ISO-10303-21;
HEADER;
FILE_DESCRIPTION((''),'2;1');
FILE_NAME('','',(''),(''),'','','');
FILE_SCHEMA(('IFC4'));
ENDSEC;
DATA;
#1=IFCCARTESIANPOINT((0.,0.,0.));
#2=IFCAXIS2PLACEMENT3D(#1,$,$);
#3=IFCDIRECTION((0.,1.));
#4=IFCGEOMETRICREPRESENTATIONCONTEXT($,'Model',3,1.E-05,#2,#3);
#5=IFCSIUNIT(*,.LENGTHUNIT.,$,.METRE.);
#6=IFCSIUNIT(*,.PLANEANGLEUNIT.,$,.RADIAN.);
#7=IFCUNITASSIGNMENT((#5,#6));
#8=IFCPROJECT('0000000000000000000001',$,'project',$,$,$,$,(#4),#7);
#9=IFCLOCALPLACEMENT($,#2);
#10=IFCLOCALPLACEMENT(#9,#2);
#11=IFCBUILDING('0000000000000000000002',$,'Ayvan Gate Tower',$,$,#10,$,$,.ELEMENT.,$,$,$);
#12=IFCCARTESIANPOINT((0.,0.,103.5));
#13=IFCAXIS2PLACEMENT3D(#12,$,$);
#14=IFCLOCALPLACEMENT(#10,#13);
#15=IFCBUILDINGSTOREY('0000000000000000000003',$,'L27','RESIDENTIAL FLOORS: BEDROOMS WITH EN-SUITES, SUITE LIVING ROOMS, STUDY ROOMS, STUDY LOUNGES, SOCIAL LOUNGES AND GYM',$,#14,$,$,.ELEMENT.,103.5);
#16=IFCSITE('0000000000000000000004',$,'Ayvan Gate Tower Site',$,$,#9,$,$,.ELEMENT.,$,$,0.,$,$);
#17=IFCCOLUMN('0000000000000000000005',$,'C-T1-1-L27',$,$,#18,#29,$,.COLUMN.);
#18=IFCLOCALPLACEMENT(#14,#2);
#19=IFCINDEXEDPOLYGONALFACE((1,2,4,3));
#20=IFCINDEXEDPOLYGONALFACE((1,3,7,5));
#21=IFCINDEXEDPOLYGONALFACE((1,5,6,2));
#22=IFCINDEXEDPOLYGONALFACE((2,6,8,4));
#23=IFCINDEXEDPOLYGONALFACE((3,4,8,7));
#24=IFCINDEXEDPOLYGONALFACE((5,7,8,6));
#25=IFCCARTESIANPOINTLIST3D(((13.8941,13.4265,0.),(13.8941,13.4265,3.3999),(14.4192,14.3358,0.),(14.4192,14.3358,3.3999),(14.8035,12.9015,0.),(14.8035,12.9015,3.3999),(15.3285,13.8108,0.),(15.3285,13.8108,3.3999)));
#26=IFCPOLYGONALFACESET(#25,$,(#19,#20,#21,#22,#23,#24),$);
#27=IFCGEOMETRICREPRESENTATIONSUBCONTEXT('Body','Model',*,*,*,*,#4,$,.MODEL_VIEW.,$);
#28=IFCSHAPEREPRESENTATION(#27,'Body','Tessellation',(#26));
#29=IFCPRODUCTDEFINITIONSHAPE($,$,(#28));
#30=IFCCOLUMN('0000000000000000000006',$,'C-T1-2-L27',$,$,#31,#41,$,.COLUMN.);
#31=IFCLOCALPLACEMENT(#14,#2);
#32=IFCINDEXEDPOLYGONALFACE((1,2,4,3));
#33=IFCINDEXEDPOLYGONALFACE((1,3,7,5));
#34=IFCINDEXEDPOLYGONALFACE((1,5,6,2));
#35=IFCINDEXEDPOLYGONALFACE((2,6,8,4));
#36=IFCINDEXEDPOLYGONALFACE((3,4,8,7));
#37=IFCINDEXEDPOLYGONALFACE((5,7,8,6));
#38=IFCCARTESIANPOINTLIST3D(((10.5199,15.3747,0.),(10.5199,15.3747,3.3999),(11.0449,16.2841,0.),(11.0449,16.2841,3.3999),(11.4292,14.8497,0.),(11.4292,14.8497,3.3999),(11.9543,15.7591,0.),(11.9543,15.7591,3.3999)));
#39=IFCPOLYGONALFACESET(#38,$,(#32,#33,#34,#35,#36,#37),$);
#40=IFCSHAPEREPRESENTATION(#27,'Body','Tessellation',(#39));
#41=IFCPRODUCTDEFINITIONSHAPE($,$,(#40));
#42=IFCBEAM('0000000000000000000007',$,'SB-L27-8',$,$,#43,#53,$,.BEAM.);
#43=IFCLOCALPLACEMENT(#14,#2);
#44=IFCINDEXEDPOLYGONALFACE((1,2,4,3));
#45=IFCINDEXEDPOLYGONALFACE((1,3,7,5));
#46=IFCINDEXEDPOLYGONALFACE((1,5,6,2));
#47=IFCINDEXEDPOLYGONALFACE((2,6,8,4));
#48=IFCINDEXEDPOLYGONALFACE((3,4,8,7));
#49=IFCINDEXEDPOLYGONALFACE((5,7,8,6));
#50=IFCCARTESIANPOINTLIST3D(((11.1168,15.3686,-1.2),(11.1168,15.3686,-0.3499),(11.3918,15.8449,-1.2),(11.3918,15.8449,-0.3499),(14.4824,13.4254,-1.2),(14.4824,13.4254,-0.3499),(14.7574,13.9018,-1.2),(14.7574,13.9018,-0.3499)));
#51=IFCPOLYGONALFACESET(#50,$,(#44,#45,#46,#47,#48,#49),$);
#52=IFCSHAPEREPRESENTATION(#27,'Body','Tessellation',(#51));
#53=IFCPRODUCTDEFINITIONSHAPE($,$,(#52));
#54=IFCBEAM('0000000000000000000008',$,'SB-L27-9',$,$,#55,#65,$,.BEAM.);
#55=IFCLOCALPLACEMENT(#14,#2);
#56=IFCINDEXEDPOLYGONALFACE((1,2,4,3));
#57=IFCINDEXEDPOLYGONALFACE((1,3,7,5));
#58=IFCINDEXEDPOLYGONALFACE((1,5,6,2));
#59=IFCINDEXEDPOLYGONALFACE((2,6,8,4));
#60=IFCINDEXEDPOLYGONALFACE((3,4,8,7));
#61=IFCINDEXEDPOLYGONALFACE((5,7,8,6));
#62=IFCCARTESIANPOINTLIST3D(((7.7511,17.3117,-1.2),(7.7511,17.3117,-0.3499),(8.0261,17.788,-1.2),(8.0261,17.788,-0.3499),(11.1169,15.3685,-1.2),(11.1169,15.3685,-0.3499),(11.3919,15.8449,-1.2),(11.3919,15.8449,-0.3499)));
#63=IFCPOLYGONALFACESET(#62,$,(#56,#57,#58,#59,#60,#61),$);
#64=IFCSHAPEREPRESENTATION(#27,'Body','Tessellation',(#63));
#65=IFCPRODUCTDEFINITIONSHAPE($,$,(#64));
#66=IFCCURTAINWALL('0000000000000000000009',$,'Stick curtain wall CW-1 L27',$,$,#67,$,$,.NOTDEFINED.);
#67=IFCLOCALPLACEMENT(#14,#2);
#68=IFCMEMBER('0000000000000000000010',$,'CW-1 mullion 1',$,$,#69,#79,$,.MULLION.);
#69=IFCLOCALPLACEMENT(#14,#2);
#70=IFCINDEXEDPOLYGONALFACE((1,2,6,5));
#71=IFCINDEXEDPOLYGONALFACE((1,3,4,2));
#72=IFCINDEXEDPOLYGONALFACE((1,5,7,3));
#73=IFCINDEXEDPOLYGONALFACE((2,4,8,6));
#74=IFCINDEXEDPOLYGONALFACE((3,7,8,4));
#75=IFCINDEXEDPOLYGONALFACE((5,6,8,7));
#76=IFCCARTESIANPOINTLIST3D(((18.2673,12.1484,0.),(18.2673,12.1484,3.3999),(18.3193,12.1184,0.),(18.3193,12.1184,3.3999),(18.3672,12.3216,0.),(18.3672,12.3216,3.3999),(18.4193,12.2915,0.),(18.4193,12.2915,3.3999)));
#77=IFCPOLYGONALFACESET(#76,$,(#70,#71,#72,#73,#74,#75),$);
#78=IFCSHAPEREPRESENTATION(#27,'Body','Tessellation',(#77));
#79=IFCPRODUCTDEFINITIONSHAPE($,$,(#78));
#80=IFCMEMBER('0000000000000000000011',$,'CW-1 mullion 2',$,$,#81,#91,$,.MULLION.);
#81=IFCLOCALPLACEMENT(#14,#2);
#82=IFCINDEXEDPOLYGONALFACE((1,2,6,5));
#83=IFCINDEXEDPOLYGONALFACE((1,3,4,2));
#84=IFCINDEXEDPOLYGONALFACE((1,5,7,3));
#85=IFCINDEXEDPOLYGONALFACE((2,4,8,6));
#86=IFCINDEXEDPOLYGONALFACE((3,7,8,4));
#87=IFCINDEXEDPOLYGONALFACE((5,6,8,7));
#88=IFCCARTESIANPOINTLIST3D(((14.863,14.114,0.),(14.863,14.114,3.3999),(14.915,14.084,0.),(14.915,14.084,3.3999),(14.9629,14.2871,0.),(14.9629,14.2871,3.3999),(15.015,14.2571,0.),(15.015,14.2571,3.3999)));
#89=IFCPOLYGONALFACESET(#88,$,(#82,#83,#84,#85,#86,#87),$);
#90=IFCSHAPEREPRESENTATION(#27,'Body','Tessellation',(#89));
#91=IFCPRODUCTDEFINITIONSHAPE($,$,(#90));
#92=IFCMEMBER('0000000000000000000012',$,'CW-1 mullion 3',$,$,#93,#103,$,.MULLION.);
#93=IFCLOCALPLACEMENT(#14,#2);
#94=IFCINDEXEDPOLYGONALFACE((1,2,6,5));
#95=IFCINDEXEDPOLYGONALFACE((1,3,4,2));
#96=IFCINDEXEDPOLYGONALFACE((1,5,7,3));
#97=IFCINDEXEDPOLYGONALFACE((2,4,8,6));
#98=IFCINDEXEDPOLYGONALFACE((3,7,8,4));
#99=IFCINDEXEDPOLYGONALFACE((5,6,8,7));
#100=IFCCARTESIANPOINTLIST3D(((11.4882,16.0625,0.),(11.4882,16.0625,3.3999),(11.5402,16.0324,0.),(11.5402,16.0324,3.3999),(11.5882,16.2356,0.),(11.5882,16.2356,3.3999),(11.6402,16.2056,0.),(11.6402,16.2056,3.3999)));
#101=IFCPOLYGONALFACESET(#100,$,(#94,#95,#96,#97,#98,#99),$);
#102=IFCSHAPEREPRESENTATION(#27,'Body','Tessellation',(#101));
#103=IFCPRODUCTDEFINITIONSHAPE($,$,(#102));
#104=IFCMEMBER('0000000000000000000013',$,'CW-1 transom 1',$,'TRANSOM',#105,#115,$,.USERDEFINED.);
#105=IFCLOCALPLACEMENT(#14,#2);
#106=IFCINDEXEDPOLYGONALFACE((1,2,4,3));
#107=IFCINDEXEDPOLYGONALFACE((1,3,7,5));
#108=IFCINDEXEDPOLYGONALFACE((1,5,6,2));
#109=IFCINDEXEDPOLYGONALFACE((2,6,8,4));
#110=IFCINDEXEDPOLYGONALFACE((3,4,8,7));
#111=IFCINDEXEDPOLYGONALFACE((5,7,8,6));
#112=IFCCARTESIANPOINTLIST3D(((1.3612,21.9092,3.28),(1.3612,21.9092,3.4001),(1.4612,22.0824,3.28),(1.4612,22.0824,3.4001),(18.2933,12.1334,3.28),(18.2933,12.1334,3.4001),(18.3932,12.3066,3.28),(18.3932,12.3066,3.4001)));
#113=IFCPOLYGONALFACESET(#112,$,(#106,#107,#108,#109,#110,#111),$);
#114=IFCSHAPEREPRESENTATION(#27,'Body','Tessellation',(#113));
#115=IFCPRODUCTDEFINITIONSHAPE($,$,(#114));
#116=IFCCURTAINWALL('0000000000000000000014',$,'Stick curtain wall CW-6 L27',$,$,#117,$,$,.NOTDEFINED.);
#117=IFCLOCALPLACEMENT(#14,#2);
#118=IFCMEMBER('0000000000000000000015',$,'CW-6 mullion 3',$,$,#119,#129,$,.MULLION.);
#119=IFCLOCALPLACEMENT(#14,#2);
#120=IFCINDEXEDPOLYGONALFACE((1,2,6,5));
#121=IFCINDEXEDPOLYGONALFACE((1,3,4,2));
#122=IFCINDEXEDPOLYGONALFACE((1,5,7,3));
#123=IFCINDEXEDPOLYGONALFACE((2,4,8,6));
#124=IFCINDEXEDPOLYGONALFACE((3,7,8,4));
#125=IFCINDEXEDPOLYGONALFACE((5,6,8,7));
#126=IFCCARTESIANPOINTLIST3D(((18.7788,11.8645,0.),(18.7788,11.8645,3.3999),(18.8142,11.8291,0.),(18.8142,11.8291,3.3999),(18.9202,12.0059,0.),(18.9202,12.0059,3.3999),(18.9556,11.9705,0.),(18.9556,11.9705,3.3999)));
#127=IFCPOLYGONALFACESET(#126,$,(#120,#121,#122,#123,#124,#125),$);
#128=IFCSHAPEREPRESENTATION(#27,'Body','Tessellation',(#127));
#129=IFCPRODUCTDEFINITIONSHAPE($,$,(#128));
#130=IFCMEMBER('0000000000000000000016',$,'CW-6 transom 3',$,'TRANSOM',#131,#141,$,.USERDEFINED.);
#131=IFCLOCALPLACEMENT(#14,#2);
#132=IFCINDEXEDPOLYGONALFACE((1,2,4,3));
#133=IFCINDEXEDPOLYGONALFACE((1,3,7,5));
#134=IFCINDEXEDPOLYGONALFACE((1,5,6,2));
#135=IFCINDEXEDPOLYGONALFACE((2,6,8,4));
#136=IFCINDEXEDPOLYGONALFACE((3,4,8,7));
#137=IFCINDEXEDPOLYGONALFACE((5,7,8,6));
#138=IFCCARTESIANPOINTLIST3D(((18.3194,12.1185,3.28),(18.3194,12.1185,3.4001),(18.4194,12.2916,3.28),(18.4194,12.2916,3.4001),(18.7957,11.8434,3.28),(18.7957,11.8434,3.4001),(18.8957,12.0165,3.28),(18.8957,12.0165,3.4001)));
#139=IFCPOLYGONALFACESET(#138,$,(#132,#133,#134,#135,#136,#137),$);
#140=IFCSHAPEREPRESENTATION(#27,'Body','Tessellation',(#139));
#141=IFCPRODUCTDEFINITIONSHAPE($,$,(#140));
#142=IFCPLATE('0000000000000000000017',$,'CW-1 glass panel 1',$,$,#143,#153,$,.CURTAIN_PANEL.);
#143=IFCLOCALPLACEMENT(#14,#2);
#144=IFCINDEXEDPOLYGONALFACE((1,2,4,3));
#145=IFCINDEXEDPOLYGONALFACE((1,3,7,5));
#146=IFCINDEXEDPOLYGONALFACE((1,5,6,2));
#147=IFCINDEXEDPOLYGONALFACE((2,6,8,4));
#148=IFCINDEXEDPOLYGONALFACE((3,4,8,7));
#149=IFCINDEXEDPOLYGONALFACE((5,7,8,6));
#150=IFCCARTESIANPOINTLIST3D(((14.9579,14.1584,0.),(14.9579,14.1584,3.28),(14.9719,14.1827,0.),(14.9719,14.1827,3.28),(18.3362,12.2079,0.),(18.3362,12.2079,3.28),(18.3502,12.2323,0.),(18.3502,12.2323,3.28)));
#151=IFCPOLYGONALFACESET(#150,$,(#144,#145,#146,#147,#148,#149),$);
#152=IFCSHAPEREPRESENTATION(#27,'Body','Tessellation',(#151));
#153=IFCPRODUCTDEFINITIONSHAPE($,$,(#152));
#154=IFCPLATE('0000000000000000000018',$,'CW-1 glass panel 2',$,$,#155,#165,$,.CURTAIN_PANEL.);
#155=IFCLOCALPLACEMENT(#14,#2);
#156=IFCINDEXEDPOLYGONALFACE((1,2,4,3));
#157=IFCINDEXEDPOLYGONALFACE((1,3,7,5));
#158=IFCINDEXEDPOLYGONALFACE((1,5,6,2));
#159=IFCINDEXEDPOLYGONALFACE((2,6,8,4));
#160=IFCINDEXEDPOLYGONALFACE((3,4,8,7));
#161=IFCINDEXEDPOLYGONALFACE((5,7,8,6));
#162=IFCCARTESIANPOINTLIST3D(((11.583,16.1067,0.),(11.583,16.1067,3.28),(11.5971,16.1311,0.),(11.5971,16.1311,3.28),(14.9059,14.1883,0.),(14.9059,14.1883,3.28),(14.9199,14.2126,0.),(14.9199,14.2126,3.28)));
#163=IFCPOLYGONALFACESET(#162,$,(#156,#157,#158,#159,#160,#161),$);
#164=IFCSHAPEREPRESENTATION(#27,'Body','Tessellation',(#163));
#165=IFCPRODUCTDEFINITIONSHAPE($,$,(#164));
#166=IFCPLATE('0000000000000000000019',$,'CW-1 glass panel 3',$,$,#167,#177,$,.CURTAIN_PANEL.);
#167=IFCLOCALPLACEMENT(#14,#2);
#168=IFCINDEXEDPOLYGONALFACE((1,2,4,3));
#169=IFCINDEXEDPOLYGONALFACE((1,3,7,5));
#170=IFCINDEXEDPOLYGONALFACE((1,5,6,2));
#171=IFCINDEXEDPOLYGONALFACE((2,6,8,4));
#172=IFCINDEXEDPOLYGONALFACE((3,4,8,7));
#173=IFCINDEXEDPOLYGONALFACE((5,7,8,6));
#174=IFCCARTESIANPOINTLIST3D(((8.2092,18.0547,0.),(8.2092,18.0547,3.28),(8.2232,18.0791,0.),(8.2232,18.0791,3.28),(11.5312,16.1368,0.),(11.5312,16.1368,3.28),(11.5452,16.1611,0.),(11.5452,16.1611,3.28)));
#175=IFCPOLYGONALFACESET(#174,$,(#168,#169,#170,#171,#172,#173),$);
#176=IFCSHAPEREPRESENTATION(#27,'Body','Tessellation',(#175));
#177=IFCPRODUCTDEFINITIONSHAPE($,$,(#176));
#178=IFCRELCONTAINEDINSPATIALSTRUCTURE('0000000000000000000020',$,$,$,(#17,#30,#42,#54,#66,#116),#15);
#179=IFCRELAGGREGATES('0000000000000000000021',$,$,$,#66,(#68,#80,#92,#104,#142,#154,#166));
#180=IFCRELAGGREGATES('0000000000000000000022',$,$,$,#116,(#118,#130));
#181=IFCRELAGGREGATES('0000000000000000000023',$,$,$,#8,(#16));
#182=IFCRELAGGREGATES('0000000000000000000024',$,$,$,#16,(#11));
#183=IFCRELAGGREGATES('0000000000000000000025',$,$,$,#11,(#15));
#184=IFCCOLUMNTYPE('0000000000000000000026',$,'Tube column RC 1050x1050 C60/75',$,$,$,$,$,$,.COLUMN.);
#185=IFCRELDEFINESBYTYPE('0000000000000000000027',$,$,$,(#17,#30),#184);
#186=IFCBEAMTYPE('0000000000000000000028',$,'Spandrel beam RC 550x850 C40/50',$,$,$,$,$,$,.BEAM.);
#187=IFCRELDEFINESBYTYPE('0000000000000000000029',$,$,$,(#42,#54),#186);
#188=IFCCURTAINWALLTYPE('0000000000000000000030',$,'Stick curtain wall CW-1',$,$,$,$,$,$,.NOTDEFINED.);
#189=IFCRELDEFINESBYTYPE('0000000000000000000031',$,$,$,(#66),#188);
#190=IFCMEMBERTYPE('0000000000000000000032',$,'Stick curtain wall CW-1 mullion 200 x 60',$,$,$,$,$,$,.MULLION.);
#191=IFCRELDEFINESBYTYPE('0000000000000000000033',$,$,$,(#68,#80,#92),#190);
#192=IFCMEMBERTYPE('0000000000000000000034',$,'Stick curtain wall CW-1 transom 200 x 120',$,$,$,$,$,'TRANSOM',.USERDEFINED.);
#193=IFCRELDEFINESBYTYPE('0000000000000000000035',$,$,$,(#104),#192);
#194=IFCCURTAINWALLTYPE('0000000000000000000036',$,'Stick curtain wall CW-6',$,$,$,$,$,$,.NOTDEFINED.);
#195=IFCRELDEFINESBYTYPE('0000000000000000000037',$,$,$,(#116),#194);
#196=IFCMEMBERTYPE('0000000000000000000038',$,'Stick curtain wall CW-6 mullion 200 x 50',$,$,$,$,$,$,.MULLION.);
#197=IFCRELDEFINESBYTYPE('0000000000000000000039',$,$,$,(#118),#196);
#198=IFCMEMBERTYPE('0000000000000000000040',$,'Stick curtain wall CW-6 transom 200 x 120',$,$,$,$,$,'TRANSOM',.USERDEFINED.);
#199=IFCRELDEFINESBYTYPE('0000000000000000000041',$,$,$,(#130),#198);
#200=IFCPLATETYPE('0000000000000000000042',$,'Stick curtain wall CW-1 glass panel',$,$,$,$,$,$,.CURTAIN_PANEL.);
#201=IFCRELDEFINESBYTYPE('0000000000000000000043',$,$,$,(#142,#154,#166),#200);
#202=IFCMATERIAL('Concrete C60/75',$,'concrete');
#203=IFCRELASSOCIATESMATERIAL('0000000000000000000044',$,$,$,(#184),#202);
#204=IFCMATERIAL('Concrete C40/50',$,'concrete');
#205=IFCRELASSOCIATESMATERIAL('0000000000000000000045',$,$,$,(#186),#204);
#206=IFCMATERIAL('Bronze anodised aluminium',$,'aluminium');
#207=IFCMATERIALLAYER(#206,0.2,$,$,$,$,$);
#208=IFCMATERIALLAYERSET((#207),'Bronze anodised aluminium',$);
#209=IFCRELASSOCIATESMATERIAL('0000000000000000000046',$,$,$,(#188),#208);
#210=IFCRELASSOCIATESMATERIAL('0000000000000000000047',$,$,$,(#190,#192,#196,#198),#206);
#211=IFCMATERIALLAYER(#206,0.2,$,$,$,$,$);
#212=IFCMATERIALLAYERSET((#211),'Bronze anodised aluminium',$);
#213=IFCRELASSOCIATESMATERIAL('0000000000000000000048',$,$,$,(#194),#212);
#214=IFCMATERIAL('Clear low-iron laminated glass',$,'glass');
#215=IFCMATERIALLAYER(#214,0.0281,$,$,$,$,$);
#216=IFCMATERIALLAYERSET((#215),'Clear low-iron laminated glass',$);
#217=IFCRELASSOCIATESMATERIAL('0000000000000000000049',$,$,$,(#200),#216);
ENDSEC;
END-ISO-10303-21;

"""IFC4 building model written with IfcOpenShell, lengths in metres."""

from ifc_helpers import new_model, si_unit, direction, frame, origin, origin_2d, place, context, subcontext, project, spatial, rectangle, extrude, material, layer, layer_set, material_profile, profile_set, type_object, element, aggregate, save


model = new_model("IFC4")

# Units and contexts
model_context = context("Model", 3, precision=1e-05, world=origin(), true_north=direction((0.0, 1.0)))
body_context = subcontext(model_context, "Body", "Model", "MODEL_VIEW")
ifc_project = project(units=[si_unit("LENGTHUNIT", "METRE"), si_unit("PLANEANGLEUNIT", "RADIAN")], contexts=[model_context])

# Site, building, storey
site_placement = place(None, origin())
site = spatial("IfcSite", under=ifc_project, at=site_placement, Name="Ayvan Gate Tower Site", CompositionType="ELEMENT", RefElevation=0.0)
building_placement = place(site_placement, origin())
building = spatial("IfcBuilding", under=site, at=building_placement, Name="Ayvan Gate Tower", CompositionType="ELEMENT")
storey_placement = place(building_placement, frame((0.0, 0.0, 103.5)))
storey = spatial("IfcBuildingStorey", under=building, at=storey_placement, Name="L27", Description="RESIDENTIAL FLOORS: BEDROOMS WITH EN-SUITES, SUITE LIVING ROOMS, STUDY ROOMS, STUDY LOUNGES, SOCIAL LOUNGES AND GYM", CompositionType="ELEMENT", Elevation=103.5)

# Columns
ifc_material_1 = material(Name="Concrete C60/75", Category="concrete")
ifc_material_profile_1 = material_profile(ifc_material_1, rectangle(XDim=1.05, YDim=1.05, at=origin_2d()), Name="RC 1050x1050")
ifc_profile_set_1 = profile_set([ifc_material_profile_1], Name="Concrete C60/75")
column_type = type_object("IfcColumnType", Name="Tube column RC 1050x1050 C60/75", PredefinedType="COLUMN", material=ifc_profile_set_1)
for number, where, z_axis, x_axis, name in (
    (1, (14.6113, 13.6187, 0.0), (0.0, 0.0, 1.0), (0.5, 0.866025, 0.0), "C-T1-1-L27"),
    (2, (11.2371, 15.5669, 0.0), (0.0, 0.0, 1.0), (0.5, 0.866025, 0.0), "C-T1-2-L27"),
):
    element("IfcColumn", number, at=place(storey_placement, frame(where, z_axis=z_axis, x_axis=x_axis)), inside=storey, type_object=column_type, Name=name, PredefinedType="COLUMN", context=body_context, shape_type="SweptSolid", body=[
        extrude(rectangle(XDim=1.05, YDim=1.05, at=origin_2d()), origin(), (0.0, 0.0, 1.0), 3.3999),
    ])

# Beams
ifc_material_2 = material(Name="Concrete C40/50", Category="concrete")
ifc_material_profile_2 = material_profile(ifc_material_2, rectangle(XDim=0.55, YDim=0.8501, at=origin_2d()), Name="RC 550x850")
ifc_profile_set_2 = profile_set([ifc_material_profile_2], Name="Concrete C40/50")
beam_type = type_object("IfcBeamType", Name="Spandrel beam RC 550x850 C40/50", PredefinedType="BEAM", material=ifc_profile_set_2)
beam_1_placement = place(storey_placement, frame((14.6199, 13.6636, -0.7749), z_axis=(-0.866019, 0.500011, 0.0), x_axis=(-0.500011, -0.866019, 0.0)))
element("IfcBeam", 3, at=beam_1_placement, inside=storey, type_object=beam_type, Name="SB-L27-8", PredefinedType="BEAM", context=body_context, shape_type="SweptSolid", body=[
    extrude(rectangle(XDim=0.55, YDim=0.8501, at=origin_2d()), origin(), (0.0, 0.0, 1.0), 3.8862),
])
beam_2_placement = place(storey_placement, frame((11.2544, 15.6067, -0.7749), z_axis=(-0.866035, 0.499983, 0.0), x_axis=(-0.499983, -0.866035, 0.0)))
element("IfcBeam", 4, at=beam_2_placement, inside=storey, type_object=beam_type, Name="SB-L27-9", PredefinedType="BEAM", context=body_context, shape_type="SweptSolid", body=[
    extrude(rectangle(XDim=0.55, YDim=0.8501, at=origin_2d()), origin(), (0.0, 0.0, 1.0), 3.8865),
])

# Curtain walls, members
ifc_material_3 = material(Name="Bronze anodised aluminium", Category="aluminium")
ifc_layer_1 = layer(ifc_material_3, 0.2)
ifc_layer_set_1 = layer_set([ifc_layer_1], Name="Bronze anodised aluminium")
curtain_wall_type_1 = type_object("IfcCurtainWallType", Name="Stick curtain wall CW-1", PredefinedType="NOTDEFINED", material=ifc_layer_set_1)
curtain_wall_1_placement = place(storey_placement, origin())
curtain_wall_1 = element("IfcCurtainWall", 5, at=curtain_wall_1_placement, inside=storey, type_object=curtain_wall_type_1, Name="Stick curtain wall CW-1 L27", PredefinedType="NOTDEFINED")
ifc_material_profile_3 = material_profile(ifc_material_3, rectangle(XDim=0.2, YDim=0.0601, at=origin_2d()), Name="Stick curtain wall CW-1 mullion 200 x 60")
ifc_profile_set_3 = profile_set([ifc_material_profile_3], Name="Bronze anodised aluminium")
member_type_1 = type_object("IfcMemberType", Name="Stick curtain wall CW-1 mullion 200 x 60", PredefinedType="MULLION", material=ifc_profile_set_3)
member_1_placement = place(storey_placement, frame((18.3433, 12.22, 0.0), z_axis=(0.0, 0.0, 1.0), x_axis=(0.5, 0.866025, 0.0)))
member_1 = element("IfcMember", 6, at=member_1_placement, type_object=member_type_1, Name="CW-1 mullion 1", PredefinedType="MULLION", context=body_context, shape_type="SweptSolid", body=[
    extrude(rectangle(XDim=0.2, YDim=0.0601, at=origin_2d()), origin(), (0.0, 0.0, 1.0), 3.3999),
])
member_2_placement = place(storey_placement, frame((14.939, 14.1855, 0.0), z_axis=(0.0, 0.0, 1.0), x_axis=(0.5, 0.866025, 0.0)))
member_2 = element("IfcMember", 7, at=member_2_placement, type_object=member_type_1, Name="CW-1 mullion 2", PredefinedType="MULLION", context=body_context, shape_type="SweptSolid", body=[
    extrude(rectangle(XDim=0.2, YDim=0.0601, at=origin_2d()), origin(), (0.0, 0.0, 1.0), 3.3999),
])
member_3_placement = place(storey_placement, frame((11.5642, 16.134, 0.0), z_axis=(0.0, 0.0, 1.0), x_axis=(0.5, 0.866025, 0.0)))
member_3 = element("IfcMember", 8, at=member_3_placement, type_object=member_type_1, Name="CW-1 mullion 3", PredefinedType="MULLION", context=body_context, shape_type="SweptSolid", body=[
    extrude(rectangle(XDim=0.2, YDim=0.0601, at=origin_2d()), origin(), (0.0, 0.0, 1.0), 3.3999),
])
ifc_material_profile_4 = material_profile(ifc_material_3, rectangle(XDim=0.2, YDim=0.1201, at=origin_2d()), Name="Stick curtain wall CW-1 transom 200 x 120")
ifc_profile_set_4 = profile_set([ifc_material_profile_4], Name="Bronze anodised aluminium")
member_type_2 = type_object("IfcMemberType", Name="Stick curtain wall CW-1 transom 200 x 120", ElementType="TRANSOM", PredefinedType="USERDEFINED", material=ifc_profile_set_4)
member_4_placement = place(storey_placement, frame((18.3433, 12.22, 3.3401), z_axis=(-0.866023, 0.500004, 0.0), x_axis=(-0.500004, -0.866023, 0.0)))
member_4 = element("IfcMember", 9, at=member_4_placement, type_object=member_type_2, Name="CW-1 transom 1", ObjectType="TRANSOM", PredefinedType="USERDEFINED", context=body_context, shape_type="SweptSolid", body=[
    extrude(rectangle(XDim=0.2, YDim=0.1201, at=origin_2d()), origin(), (0.0, 0.0, 1.0), 19.5515),
])
ifc_layer_2 = layer(ifc_material_3, 0.2)
ifc_layer_set_2 = layer_set([ifc_layer_2], Name="Bronze anodised aluminium")
curtain_wall_type_2 = type_object("IfcCurtainWallType", Name="Stick curtain wall CW-6", PredefinedType="NOTDEFINED", material=ifc_layer_set_2)
curtain_wall_2_placement = place(storey_placement, origin())
curtain_wall_2 = element("IfcCurtainWall", 10, at=curtain_wall_2_placement, inside=storey, type_object=curtain_wall_type_2, Name="Stick curtain wall CW-6 L27", PredefinedType="NOTDEFINED")
ifc_material_profile_5 = material_profile(ifc_material_3, rectangle(XDim=0.2, YDim=0.05, at=origin_2d()), Name="Stick curtain wall CW-6 mullion 200 x 50")
ifc_profile_set_5 = profile_set([ifc_material_profile_5], Name="Bronze anodised aluminium")
member_type_3 = type_object("IfcMemberType", Name="Stick curtain wall CW-6 mullion 200 x 50", PredefinedType="MULLION", material=ifc_profile_set_5)
member_5_placement = place(storey_placement, frame((18.8672, 11.9175, 0.0), z_axis=(0.0, 0.0, 1.0), x_axis=(0.707107, 0.707107, 0.0)))
member_5 = element("IfcMember", 11, at=member_5_placement, type_object=member_type_3, Name="CW-6 mullion 3", PredefinedType="MULLION", context=body_context, shape_type="SweptSolid", body=[
    extrude(rectangle(XDim=0.2, YDim=0.05, at=origin_2d()), origin(), (0.0, 0.0, 1.0), 3.3999),
])
ifc_material_profile_6 = material_profile(ifc_material_3, rectangle(XDim=0.2, YDim=0.1201, at=origin_2d()), Name="Stick curtain wall CW-6 transom 200 x 120")
ifc_profile_set_6 = profile_set([ifc_material_profile_6], Name="Bronze anodised aluminium")
member_type_4 = type_object("IfcMemberType", Name="Stick curtain wall CW-6 transom 200 x 120", ElementType="TRANSOM", PredefinedType="USERDEFINED", material=ifc_profile_set_6)
member_6_placement = place(storey_placement, frame((18.8457, 11.9299, 3.3401), z_axis=(-0.865912, 0.500196, 0.0), x_axis=(-0.500196, -0.865912, 0.0)))
member_6 = element("IfcMember", 12, at=member_6_placement, type_object=member_type_4, Name="CW-6 transom 3", ObjectType="TRANSOM", PredefinedType="USERDEFINED", context=body_context, shape_type="SweptSolid", body=[
    extrude(rectangle(XDim=0.2, YDim=0.1201, at=origin_2d()), origin(), (0.0, 0.0, 1.0), 0.55),
])

# Plates
ifc_material_4 = material(Name="Clear low-iron laminated glass", Category="glass")
ifc_layer_3 = layer(ifc_material_4, 0.0281)
ifc_layer_set_3 = layer_set([ifc_layer_3], Name="Clear low-iron laminated glass")
plate_type_1 = type_object("IfcPlateType", Name="Stick curtain wall CW-1 glass panel", PredefinedType="CURTAIN_PANEL", material=ifc_layer_set_3)
plate_1_placement = place(storey_placement, frame((16.6541, 13.1953, 0.0), z_axis=(0.0, 0.0, 1.0), x_axis=(-0.866025, 0.5, 0.0)))
plate_1 = element("IfcPlate", 13, at=plate_1_placement, type_object=plate_type_1, Name="CW-1 glass panel 1", PredefinedType="CURTAIN_PANEL", context=body_context, shape_type="SweptSolid", body=[
    extrude(rectangle(XDim=3.9009, YDim=0.0281, at=origin_2d()), origin(), (0.0, 0.0, 1.0), 3.28),
])
plate_2_placement = place(storey_placement, frame((13.2515, 15.1597, 0.0), z_axis=(0.0, 0.0, 1.0), x_axis=(-0.866025, 0.5, 0.0)))
plate_2 = element("IfcPlate", 14, at=plate_2_placement, type_object=plate_type_1, Name="CW-1 glass panel 2", PredefinedType="CURTAIN_PANEL", context=body_context, shape_type="SweptSolid", body=[
    extrude(rectangle(XDim=3.8369, YDim=0.0281, at=origin_2d()), origin(), (0.0, 0.0, 1.0), 3.28),
])
plate_3_placement = place(storey_placement, frame((9.8772, 17.1079, 0.0), z_axis=(0.0, 0.0, 1.0), x_axis=(-0.866025, 0.5, 0.0)))
plate_3 = element("IfcPlate", 15, at=plate_3_placement, type_object=plate_type_1, Name="CW-1 glass panel 3", PredefinedType="CURTAIN_PANEL", context=body_context, shape_type="SweptSolid", body=[
    extrude(rectangle(XDim=3.8359, YDim=0.0281, at=origin_2d()), origin(), (0.0, 0.0, 1.0), 3.28),
])
aggregate(curtain_wall_1, [member_1, member_2, member_3, member_4, plate_1, plate_2, plate_3])
aggregate(curtain_wall_2, [member_5, member_6])

save(model, "model.ifc")
